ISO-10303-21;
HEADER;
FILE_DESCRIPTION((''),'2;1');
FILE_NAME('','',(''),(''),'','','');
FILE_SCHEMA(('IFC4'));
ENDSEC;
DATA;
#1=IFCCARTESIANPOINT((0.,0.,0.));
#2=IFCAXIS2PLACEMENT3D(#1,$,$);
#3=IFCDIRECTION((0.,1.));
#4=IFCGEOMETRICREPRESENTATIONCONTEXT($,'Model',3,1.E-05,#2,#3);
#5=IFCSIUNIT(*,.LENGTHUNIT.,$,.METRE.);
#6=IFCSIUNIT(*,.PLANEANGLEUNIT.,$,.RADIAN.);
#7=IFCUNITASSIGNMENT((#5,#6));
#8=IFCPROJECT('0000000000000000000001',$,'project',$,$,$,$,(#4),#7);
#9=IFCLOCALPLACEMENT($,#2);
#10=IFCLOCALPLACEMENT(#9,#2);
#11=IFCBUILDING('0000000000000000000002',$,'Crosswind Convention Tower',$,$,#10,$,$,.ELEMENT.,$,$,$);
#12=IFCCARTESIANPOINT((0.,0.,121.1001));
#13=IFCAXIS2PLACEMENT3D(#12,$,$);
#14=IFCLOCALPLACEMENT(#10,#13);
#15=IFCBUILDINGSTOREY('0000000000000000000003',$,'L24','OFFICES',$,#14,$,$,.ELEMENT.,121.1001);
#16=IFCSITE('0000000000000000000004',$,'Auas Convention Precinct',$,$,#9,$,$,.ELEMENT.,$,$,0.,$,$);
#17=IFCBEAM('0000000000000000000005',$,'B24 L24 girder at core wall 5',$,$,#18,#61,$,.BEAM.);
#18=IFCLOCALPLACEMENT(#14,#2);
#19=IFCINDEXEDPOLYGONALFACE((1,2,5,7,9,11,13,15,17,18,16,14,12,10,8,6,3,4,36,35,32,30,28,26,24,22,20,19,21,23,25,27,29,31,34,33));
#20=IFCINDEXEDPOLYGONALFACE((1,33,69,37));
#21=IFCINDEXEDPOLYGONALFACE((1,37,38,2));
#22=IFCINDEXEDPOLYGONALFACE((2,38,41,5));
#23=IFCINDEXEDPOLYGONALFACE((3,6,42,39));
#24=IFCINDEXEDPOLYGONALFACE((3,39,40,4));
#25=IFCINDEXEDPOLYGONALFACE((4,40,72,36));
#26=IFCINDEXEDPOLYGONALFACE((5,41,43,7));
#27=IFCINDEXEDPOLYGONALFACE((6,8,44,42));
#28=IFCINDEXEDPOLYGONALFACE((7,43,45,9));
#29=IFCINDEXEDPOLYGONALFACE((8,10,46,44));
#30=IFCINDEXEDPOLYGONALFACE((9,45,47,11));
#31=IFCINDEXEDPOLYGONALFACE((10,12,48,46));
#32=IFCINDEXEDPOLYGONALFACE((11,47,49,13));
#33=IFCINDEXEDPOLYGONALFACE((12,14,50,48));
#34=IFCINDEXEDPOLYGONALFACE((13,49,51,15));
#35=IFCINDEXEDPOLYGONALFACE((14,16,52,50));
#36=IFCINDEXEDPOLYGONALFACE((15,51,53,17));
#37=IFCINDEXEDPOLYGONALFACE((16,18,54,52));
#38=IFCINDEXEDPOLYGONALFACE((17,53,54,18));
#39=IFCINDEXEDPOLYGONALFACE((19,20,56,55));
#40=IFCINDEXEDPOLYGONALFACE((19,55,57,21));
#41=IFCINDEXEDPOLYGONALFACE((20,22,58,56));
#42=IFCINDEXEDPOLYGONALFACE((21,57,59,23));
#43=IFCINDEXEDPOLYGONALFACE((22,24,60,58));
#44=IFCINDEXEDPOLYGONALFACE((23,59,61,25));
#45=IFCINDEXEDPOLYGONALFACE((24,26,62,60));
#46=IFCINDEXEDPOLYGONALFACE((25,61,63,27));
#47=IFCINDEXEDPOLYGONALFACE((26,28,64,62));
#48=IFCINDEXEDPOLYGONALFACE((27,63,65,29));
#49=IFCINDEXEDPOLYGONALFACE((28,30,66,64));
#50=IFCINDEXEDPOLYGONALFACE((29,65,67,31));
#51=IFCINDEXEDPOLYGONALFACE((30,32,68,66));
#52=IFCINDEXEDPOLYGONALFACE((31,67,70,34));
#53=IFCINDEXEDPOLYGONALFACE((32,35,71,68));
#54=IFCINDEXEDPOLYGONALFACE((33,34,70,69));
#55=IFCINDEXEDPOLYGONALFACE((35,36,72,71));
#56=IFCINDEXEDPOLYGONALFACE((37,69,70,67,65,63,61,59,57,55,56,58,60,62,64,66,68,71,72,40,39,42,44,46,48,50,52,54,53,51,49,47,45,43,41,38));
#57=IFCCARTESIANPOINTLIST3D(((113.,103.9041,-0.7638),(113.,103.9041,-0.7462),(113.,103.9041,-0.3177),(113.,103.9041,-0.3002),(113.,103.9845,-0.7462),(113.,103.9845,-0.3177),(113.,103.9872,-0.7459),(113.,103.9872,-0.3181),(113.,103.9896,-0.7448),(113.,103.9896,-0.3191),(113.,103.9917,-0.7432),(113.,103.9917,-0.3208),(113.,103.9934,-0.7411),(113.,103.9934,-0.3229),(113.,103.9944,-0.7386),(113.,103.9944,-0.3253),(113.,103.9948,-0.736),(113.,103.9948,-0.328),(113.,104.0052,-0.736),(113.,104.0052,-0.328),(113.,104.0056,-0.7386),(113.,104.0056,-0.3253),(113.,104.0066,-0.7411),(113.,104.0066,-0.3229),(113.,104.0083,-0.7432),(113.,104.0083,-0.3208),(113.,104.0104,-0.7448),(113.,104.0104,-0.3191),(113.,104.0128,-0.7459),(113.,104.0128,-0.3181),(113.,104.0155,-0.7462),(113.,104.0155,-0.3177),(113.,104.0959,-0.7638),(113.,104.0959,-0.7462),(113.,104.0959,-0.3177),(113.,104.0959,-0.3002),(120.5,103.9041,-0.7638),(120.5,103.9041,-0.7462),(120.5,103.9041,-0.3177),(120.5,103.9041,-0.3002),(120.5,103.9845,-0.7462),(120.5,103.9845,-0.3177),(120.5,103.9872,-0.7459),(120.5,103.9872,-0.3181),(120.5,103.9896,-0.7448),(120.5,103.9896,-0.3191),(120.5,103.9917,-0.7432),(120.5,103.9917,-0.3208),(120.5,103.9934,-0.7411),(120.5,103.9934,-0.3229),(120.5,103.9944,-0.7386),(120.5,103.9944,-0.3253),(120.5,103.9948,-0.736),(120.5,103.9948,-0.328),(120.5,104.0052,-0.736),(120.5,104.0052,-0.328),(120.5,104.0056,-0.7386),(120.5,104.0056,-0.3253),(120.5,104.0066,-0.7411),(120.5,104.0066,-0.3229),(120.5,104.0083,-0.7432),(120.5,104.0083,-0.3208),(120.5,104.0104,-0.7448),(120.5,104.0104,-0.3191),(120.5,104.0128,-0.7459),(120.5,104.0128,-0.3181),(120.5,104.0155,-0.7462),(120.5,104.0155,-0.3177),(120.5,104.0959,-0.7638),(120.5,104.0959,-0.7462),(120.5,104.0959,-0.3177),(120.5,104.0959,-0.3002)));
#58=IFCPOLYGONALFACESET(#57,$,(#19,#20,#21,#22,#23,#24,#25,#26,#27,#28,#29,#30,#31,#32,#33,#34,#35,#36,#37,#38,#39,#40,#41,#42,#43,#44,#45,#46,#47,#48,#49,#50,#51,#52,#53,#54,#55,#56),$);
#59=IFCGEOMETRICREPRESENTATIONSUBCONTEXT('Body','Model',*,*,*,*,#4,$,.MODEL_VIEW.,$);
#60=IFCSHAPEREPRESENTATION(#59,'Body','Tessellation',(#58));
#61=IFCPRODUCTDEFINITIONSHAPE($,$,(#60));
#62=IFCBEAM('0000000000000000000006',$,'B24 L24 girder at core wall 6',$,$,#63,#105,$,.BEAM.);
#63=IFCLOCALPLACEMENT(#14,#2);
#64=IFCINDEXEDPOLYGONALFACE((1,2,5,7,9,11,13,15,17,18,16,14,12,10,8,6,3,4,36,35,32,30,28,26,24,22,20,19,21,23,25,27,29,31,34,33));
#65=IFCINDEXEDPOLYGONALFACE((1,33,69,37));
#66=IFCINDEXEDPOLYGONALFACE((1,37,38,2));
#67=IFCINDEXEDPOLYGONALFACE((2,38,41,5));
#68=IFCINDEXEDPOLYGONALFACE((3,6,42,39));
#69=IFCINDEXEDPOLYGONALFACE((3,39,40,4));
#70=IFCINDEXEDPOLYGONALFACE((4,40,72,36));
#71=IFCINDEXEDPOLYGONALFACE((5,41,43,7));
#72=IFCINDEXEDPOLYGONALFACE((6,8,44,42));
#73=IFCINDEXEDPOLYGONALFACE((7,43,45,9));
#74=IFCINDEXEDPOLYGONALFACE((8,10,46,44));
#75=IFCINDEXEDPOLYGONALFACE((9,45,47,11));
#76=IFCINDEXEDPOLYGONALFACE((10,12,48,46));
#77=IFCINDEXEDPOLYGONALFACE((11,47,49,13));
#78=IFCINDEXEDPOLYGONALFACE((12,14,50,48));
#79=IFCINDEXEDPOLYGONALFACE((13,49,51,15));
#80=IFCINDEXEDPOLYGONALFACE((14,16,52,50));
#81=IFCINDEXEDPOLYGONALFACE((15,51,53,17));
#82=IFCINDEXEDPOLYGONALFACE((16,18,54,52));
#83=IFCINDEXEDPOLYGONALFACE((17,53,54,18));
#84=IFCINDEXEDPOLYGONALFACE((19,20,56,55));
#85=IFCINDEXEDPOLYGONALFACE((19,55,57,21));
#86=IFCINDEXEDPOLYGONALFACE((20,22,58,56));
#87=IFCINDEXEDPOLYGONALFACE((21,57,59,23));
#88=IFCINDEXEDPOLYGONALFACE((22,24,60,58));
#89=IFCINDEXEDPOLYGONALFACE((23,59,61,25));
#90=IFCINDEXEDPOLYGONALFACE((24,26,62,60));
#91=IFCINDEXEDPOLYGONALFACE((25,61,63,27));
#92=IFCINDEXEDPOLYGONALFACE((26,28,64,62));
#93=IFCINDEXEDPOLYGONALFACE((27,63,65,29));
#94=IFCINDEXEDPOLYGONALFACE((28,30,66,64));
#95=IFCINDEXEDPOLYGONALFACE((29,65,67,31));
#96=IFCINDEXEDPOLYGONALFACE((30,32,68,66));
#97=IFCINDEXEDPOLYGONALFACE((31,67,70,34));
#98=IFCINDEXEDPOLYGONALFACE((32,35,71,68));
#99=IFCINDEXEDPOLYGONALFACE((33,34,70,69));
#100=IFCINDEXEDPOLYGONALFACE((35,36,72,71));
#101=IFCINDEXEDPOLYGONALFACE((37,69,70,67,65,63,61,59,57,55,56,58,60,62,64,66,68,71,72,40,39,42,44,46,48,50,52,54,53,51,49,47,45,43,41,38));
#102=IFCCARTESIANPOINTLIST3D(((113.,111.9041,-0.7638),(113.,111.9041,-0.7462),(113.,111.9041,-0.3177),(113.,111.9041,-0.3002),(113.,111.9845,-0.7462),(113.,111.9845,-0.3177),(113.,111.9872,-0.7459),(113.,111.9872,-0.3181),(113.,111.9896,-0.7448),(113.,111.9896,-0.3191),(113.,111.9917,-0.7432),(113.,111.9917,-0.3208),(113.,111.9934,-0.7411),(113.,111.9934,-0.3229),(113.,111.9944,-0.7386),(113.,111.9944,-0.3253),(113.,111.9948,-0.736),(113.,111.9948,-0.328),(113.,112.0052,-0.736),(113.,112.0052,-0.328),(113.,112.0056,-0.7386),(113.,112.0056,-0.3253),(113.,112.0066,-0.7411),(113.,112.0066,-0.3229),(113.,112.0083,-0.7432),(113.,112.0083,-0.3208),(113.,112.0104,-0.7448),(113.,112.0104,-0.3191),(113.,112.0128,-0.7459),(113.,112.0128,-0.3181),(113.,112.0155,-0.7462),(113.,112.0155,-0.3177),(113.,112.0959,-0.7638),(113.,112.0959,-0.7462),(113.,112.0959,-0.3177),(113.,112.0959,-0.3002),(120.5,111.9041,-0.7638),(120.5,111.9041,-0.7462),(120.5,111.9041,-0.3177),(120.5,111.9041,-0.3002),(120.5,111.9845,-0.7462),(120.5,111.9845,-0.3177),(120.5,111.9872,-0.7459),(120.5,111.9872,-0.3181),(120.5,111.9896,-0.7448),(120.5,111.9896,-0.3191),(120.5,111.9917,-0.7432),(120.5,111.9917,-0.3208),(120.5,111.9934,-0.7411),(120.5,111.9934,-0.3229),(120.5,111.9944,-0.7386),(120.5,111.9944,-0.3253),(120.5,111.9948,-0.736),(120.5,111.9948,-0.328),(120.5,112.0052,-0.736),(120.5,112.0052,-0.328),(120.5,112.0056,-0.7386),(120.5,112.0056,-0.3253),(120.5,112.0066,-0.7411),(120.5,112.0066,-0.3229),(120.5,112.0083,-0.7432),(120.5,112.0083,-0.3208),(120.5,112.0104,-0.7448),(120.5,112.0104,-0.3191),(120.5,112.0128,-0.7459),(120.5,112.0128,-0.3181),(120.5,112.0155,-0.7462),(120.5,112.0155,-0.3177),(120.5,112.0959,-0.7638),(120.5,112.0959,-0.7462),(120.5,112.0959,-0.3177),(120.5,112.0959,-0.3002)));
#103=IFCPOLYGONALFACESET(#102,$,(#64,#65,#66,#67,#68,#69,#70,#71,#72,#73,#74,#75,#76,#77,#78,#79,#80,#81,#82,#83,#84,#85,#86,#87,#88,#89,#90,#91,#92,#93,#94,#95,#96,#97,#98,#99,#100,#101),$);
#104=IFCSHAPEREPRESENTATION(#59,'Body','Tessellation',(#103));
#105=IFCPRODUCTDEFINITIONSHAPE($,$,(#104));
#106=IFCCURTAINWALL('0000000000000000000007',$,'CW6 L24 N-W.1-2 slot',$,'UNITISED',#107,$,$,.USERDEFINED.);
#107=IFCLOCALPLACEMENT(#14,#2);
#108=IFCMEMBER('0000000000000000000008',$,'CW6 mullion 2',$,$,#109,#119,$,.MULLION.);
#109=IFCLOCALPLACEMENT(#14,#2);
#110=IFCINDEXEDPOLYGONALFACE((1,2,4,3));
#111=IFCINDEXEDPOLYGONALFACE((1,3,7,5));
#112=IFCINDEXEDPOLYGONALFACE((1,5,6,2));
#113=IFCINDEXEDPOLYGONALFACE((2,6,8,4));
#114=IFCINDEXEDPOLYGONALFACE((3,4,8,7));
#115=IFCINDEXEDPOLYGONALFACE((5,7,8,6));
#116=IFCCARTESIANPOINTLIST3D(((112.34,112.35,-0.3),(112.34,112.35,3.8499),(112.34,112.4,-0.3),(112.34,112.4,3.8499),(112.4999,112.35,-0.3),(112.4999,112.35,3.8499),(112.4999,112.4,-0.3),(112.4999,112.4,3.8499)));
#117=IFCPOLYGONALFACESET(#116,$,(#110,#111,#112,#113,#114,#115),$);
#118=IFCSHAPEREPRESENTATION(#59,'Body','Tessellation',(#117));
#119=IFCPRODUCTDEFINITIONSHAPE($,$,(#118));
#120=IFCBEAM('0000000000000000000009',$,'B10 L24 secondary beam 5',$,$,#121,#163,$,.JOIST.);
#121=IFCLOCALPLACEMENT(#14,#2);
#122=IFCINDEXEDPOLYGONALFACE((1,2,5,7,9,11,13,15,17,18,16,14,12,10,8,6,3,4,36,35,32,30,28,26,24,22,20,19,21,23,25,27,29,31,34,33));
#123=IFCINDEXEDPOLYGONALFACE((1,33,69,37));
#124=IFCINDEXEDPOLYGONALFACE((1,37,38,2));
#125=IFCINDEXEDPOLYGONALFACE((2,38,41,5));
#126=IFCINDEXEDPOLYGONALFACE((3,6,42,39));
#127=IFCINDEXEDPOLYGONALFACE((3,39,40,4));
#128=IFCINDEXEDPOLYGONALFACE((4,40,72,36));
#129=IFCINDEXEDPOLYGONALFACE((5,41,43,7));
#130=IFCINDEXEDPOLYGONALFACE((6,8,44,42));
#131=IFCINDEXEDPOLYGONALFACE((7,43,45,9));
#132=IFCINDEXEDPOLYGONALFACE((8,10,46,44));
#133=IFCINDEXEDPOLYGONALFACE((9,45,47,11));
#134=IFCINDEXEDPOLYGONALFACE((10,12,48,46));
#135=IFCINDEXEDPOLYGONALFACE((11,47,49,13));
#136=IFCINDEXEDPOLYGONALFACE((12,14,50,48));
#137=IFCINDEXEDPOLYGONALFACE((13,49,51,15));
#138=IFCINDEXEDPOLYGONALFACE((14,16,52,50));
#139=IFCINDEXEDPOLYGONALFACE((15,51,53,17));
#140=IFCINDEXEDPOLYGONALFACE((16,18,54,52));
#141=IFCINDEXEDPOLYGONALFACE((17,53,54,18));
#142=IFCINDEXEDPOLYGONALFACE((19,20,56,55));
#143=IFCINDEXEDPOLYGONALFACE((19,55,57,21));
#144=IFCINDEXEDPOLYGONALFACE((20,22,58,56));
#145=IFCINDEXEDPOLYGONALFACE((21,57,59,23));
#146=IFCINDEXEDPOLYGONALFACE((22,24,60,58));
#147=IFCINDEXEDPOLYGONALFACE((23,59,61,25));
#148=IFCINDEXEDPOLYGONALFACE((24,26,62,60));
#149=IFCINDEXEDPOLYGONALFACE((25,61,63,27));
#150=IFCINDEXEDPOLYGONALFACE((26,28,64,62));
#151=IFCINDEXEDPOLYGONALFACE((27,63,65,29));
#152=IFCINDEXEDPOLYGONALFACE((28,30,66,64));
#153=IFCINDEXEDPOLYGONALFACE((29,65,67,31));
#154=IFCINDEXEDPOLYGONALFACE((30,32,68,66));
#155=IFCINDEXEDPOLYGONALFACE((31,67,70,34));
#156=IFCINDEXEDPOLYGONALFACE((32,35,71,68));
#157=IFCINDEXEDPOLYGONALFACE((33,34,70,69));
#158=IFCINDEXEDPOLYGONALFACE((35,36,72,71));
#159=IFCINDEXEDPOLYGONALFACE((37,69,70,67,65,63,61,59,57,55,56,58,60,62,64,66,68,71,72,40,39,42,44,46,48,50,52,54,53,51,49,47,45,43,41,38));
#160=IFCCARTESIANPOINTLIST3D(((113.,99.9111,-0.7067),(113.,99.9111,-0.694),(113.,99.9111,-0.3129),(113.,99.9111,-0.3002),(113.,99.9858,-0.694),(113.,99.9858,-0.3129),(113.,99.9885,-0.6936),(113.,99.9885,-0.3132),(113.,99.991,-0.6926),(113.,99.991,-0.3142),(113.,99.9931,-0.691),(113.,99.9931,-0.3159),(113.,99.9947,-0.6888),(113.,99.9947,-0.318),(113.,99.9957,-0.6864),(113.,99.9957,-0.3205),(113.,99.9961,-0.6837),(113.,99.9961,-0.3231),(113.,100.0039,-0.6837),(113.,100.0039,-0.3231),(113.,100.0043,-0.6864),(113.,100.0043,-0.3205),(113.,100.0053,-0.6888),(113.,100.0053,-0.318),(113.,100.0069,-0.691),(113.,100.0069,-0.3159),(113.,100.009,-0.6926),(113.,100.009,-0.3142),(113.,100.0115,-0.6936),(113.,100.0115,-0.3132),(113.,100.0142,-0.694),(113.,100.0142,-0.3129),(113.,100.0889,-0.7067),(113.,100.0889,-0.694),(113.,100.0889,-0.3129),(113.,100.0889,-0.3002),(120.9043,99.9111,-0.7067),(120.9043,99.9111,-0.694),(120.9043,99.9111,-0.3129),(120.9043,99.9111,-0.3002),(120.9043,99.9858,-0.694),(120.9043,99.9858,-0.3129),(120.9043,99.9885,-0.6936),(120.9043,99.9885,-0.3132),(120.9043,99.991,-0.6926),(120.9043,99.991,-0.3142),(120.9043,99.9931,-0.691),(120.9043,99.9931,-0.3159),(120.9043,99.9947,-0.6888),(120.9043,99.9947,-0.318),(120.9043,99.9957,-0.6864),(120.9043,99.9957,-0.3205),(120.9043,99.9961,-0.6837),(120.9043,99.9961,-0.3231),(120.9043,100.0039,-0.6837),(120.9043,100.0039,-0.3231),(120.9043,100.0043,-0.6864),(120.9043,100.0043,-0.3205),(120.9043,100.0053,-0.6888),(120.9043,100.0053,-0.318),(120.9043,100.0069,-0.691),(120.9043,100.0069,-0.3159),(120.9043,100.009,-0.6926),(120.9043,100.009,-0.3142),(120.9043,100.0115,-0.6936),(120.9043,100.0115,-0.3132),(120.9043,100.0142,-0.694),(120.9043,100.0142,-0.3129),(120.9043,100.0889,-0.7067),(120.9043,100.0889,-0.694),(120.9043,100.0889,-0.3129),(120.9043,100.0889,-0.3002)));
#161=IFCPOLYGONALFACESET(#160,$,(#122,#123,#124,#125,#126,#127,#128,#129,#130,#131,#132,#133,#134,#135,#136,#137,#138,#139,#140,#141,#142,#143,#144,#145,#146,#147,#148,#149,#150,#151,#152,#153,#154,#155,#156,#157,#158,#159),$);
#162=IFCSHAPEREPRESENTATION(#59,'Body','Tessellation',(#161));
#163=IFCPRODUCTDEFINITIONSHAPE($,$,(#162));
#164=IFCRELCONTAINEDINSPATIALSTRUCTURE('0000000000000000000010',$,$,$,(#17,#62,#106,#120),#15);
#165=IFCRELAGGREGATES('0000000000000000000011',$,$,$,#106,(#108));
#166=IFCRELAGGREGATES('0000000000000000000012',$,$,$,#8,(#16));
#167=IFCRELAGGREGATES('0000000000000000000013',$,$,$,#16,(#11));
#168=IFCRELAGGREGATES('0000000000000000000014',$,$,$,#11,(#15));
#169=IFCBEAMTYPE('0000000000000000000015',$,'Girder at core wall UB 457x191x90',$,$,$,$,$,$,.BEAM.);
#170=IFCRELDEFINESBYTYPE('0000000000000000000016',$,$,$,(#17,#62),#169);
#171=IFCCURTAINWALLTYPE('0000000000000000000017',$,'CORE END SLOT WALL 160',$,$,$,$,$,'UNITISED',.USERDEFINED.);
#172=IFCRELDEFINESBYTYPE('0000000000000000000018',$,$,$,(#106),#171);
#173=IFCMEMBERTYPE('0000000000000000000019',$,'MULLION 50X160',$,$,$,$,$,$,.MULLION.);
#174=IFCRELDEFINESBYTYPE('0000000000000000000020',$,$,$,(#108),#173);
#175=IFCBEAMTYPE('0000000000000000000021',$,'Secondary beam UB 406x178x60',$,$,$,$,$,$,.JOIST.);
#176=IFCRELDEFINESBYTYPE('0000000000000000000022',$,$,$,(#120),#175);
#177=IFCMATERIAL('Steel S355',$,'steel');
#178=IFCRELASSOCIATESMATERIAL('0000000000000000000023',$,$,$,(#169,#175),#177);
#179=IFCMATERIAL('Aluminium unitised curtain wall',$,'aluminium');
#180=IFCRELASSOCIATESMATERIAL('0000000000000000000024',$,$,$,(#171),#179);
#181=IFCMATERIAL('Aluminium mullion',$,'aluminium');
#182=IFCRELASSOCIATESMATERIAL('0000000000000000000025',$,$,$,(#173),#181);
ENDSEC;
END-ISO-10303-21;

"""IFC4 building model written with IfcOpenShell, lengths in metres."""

from ifc_helpers import new_model, si_unit, direction, frame, origin, origin_2d, place, context, subcontext, project, spatial, rectangle, i_section, extrude, material, material_profile, profile_set, type_object, element, aggregate, save


model = new_model("IFC4")

# Units and contexts
model_context = context("Model", 3, precision=1e-05, world=origin(), true_north=direction((0.0, 1.0)))
body_context = subcontext(model_context, "Body", "Model", "MODEL_VIEW")
ifc_project = project(units=[si_unit("LENGTHUNIT", "METRE"), si_unit("PLANEANGLEUNIT", "RADIAN")], contexts=[model_context])

# Site, building, storey
site_placement = place(None, origin())
site = spatial("IfcSite", under=ifc_project, at=site_placement, Name="Auas Convention Precinct", CompositionType="ELEMENT", RefElevation=0.0)
building_placement = place(site_placement, origin())
building = spatial("IfcBuilding", under=site, at=building_placement, Name="Crosswind Convention Tower", CompositionType="ELEMENT")
storey_placement = place(building_placement, frame((0.0, 0.0, 121.1001)))
storey = spatial("IfcBuildingStorey", under=building, at=storey_placement, Name="L24", Description="OFFICES", CompositionType="ELEMENT", Elevation=121.1001)

# Beams
ifc_material_1 = material(Name="Steel S355", Category="steel")
ifc_material_profile_1 = material_profile(ifc_material_1, i_section(OverallWidth=0.1919, OverallDepth=0.4636, WebThickness=0.0105, FlangeThickness=0.0176, FilletRadius=0.0103, at=origin_2d()), Name="UB 457x191x90")
ifc_profile_set_1 = profile_set([ifc_material_profile_1], Name="Steel S355")
beam_type_1 = type_object("IfcBeamType", Name="Girder at core wall UB 457x191x90", PredefinedType="BEAM", material=ifc_profile_set_1)
for number, where, z_axis, x_axis, name in (
    (1, (113.0, 104.0, -0.532), (1.0, 0.0, 0.0), (0.0, 1.0, 0.0), "B24 L24 girder at core wall 5"),
    (2, (113.0, 112.0, -0.532), (1.0, 0.0, 0.0), (0.0, 1.0, 0.0), "B24 L24 girder at core wall 6"),
):
    element("IfcBeam", number, at=place(storey_placement, frame(where, z_axis=z_axis, x_axis=x_axis)), inside=storey, type_object=beam_type_1, Name=name, PredefinedType="BEAM", context=body_context, shape_type="SweptSolid", body=[
        extrude(i_section(OverallWidth=0.1919, OverallDepth=0.4636, WebThickness=0.0105, FlangeThickness=0.0176, FilletRadius=0.0103, at=origin_2d()), origin(), (0.0, 0.0, 1.0), 7.5),
    ])

# Curtain wall, member
ifc_material_2 = material(Name="Aluminium unitised curtain wall", Category="aluminium")
curtain_wall_type = type_object("IfcCurtainWallType", Name="CORE END SLOT WALL 160", ElementType="UNITISED", PredefinedType="USERDEFINED", material=ifc_material_2)
curtain_wall_placement = place(storey_placement, origin())
curtain_wall = element("IfcCurtainWall", 3, at=curtain_wall_placement, inside=storey, type_object=curtain_wall_type, Name="CW6 L24 N-W.1-2 slot", ObjectType="UNITISED", PredefinedType="USERDEFINED")
ifc_material_3 = material(Name="Aluminium mullion", Category="aluminium")
ifc_material_profile_2 = material_profile(ifc_material_3, rectangle(XDim=0.1599, YDim=0.05, at=origin_2d()), Name="AL 160X50")
ifc_profile_set_2 = profile_set([ifc_material_profile_2], Name="Aluminium mullion")
member_type = type_object("IfcMemberType", Name="MULLION 50X160", PredefinedType="MULLION", material=ifc_profile_set_2)
member_placement = place(storey_placement, frame((112.4199, 112.375, -0.3), z_axis=(0.0, 0.0, 1.0), x_axis=(-1.0, 0.0, 0.0)))
member = element("IfcMember", 4, at=member_placement, type_object=member_type, Name="CW6 mullion 2", PredefinedType="MULLION", context=body_context, shape_type="SweptSolid", body=[
    extrude(rectangle(XDim=0.1599, YDim=0.05, at=origin_2d()), origin(), (0.0, 0.0, 1.0), 4.1499),
])
aggregate(curtain_wall, [member])

# Beam
ifc_material_profile_3 = material_profile(ifc_material_1, i_section(OverallWidth=0.1777, OverallDepth=0.4065, WebThickness=0.0078, FlangeThickness=0.0127, FilletRadius=0.0103, at=origin_2d()), Name="UB 406x178x60")
ifc_profile_set_3 = profile_set([ifc_material_profile_3], Name="Steel S355")
beam_type_2 = type_object("IfcBeamType", Name="Secondary beam UB 406x178x60", PredefinedType="JOIST", material=ifc_profile_set_3)
for number, where, z_axis, x_axis, name in (
    (5, (113.0, 100.0, -0.5034), (1.0, 0.0, 0.0), (0.0, 1.0, 0.0), "B10 L24 secondary beam 5"),
):
    element("IfcBeam", number, at=place(storey_placement, frame(where, z_axis=z_axis, x_axis=x_axis)), inside=storey, type_object=beam_type_2, Name=name, PredefinedType="JOIST", context=body_context, shape_type="SweptSolid", body=[
        extrude(i_section(OverallWidth=0.1777, OverallDepth=0.4065, WebThickness=0.0078, FlangeThickness=0.0127, FilletRadius=0.0103, at=origin_2d()), origin(), (0.0, 0.0, 1.0), 7.9043),
    ])

save(model, "model.ifc")
